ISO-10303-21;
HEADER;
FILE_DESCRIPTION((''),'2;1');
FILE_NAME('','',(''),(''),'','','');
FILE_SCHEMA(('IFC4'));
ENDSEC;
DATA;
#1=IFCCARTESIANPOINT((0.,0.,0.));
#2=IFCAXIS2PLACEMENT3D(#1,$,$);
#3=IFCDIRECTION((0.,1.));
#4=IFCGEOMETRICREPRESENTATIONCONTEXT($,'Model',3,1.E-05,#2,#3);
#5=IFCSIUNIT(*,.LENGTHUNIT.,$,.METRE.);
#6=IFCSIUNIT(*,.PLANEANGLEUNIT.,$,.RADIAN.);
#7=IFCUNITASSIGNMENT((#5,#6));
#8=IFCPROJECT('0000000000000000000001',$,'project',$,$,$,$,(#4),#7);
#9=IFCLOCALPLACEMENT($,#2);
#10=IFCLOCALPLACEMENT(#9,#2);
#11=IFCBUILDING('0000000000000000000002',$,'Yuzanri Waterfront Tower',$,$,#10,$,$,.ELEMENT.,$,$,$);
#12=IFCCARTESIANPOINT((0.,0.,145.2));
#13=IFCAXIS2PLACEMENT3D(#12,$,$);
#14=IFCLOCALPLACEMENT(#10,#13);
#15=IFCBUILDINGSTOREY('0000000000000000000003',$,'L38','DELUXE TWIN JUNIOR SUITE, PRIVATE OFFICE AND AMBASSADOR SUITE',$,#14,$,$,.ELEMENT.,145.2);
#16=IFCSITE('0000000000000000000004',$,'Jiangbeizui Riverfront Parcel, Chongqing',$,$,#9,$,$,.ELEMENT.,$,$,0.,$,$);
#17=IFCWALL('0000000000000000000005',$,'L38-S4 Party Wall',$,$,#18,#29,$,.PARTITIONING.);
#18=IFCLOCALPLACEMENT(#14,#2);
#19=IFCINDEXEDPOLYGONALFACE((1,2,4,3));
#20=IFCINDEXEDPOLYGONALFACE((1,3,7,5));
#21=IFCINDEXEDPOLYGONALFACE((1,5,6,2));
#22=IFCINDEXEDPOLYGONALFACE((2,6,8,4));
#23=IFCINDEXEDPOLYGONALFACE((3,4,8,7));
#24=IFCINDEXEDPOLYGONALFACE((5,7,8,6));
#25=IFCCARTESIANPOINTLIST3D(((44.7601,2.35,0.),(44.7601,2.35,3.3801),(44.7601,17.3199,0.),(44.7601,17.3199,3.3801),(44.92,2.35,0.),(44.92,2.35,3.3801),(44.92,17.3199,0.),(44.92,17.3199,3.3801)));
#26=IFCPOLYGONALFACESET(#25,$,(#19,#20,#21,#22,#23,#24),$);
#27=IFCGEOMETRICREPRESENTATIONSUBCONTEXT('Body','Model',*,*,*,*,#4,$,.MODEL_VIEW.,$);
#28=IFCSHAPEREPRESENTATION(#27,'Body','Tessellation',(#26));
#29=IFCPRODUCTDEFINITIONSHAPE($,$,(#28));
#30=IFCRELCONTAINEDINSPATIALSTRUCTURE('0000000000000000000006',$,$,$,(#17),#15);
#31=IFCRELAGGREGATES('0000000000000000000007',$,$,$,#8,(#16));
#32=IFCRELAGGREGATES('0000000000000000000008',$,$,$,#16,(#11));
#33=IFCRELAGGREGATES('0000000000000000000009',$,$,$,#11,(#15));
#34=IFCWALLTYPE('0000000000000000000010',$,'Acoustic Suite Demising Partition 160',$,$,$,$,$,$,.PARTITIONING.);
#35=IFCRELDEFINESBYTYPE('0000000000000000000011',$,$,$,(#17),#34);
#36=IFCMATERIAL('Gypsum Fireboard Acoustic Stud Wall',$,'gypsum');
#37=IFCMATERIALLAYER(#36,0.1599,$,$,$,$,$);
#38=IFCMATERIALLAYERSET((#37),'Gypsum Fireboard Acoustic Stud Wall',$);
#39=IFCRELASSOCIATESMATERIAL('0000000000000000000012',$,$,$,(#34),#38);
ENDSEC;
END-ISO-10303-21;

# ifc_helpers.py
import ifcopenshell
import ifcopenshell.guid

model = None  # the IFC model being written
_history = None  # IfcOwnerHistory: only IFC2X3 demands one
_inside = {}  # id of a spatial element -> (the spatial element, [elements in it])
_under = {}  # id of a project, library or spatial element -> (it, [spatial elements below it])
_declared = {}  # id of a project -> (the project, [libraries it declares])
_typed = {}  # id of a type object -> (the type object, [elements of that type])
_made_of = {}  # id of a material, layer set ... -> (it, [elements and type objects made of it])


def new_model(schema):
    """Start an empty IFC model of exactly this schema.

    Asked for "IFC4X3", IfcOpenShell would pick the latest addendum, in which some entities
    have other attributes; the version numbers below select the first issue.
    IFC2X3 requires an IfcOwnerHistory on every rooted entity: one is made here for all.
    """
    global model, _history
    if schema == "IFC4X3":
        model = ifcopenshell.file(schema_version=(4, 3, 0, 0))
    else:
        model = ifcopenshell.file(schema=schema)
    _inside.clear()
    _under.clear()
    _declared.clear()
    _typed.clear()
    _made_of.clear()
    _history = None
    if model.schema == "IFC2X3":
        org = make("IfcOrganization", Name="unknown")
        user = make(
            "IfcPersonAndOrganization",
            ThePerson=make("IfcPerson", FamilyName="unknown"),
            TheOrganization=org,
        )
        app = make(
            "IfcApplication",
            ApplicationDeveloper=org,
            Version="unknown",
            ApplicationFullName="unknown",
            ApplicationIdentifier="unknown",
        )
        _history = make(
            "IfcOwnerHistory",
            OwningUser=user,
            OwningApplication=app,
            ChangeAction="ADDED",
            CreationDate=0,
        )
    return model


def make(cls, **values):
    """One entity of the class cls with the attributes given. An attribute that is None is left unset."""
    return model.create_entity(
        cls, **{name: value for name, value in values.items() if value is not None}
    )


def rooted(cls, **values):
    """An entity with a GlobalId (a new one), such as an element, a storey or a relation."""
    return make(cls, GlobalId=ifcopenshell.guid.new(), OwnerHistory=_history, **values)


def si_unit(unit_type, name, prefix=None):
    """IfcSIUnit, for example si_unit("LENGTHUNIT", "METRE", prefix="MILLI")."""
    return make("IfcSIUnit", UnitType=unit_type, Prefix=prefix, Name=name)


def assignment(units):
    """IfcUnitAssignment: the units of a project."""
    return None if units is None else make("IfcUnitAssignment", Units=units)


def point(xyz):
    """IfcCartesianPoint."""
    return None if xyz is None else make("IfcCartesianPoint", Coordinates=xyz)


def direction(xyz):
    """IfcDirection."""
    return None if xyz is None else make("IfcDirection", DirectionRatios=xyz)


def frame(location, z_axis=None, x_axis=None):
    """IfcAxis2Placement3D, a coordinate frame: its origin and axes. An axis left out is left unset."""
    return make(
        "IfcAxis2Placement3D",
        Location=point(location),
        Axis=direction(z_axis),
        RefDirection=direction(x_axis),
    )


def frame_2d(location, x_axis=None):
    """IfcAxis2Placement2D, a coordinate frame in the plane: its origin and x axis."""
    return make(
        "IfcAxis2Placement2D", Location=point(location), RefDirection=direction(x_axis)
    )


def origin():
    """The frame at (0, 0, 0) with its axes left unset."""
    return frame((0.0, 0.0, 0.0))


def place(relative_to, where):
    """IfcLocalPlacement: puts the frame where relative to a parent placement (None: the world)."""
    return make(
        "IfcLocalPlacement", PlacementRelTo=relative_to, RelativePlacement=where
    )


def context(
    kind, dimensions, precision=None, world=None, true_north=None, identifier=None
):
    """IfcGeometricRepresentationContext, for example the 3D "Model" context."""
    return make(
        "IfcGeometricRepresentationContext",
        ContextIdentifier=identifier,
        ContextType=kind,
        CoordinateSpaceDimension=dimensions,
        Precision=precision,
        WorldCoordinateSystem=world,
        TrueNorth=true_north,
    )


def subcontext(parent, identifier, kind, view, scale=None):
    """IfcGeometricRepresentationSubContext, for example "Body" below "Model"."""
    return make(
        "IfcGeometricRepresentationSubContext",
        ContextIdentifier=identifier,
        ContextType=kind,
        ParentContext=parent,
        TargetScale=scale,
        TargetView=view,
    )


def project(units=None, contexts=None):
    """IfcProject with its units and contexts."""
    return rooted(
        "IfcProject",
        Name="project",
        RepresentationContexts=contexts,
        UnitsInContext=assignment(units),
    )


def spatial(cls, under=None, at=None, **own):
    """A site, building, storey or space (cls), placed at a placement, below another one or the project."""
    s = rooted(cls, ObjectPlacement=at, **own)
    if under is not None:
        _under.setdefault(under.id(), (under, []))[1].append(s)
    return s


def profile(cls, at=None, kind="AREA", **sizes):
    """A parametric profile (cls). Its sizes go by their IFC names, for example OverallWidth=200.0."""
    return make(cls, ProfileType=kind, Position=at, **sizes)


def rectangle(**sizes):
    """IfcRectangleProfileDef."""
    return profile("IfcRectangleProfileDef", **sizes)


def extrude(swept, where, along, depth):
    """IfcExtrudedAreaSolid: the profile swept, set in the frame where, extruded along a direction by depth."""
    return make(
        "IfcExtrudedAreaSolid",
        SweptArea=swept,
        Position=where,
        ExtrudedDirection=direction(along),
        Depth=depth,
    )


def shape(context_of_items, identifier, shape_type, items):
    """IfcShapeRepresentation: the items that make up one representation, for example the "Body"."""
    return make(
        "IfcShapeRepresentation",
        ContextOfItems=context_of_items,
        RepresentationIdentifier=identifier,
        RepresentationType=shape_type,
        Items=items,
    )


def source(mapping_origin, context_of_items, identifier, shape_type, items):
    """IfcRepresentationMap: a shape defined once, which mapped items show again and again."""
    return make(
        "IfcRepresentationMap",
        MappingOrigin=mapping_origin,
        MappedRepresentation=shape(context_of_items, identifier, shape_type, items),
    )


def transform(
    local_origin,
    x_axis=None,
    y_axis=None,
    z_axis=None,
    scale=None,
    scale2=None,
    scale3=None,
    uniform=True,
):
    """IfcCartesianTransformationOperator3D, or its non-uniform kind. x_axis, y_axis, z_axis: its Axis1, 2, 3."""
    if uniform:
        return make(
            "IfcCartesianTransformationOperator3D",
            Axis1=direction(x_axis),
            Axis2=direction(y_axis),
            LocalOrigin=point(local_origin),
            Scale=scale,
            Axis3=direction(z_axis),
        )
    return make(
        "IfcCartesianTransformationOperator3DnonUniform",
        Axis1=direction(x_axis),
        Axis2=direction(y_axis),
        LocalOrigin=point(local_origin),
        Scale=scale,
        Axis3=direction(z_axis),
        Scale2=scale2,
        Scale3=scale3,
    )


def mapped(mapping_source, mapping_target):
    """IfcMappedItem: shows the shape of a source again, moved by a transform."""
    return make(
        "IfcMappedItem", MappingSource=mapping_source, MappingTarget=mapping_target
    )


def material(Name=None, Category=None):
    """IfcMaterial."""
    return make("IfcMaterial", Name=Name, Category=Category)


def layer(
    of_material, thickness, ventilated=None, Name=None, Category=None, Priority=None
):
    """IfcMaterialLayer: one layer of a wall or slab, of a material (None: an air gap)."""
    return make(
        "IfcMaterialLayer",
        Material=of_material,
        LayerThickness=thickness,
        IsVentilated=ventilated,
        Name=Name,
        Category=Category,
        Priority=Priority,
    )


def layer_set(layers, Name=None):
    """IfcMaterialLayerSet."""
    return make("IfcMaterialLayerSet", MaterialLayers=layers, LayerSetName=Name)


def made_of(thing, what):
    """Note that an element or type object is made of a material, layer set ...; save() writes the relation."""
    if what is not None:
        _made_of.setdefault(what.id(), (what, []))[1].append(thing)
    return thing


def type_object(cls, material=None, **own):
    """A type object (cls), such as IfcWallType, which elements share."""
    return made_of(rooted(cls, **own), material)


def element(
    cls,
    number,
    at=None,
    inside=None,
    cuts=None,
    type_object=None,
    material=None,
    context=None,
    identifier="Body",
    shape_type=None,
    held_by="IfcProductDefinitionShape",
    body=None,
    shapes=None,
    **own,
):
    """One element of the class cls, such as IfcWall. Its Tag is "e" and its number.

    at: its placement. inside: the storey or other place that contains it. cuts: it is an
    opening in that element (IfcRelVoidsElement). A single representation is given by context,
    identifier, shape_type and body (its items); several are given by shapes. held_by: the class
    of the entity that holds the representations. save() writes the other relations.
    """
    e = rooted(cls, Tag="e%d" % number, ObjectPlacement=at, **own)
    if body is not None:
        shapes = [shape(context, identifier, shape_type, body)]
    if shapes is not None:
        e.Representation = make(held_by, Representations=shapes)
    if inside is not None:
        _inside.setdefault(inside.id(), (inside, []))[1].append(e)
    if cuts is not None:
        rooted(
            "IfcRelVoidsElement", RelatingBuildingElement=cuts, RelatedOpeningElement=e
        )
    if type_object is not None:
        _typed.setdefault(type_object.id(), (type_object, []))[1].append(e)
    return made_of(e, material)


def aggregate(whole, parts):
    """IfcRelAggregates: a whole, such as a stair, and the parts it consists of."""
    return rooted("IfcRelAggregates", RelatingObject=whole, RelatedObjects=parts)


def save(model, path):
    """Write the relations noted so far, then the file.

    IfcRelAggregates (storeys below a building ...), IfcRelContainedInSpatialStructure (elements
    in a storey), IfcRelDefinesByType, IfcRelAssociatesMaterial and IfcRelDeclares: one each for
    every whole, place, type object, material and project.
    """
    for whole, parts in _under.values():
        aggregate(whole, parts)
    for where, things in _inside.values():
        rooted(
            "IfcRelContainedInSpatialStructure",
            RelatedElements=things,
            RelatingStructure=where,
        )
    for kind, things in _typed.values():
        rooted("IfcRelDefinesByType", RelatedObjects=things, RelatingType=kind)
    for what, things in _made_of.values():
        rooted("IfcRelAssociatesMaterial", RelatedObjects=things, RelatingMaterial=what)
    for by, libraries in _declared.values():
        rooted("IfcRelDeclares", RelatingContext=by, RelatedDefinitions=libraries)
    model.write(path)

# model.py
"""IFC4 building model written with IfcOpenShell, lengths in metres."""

from ifc_helpers import new_model, si_unit, direction, frame, frame_2d, origin, place, context, subcontext, project, spatial, rectangle, extrude, source, transform, mapped, material, layer, layer_set, type_object, element, save


model = new_model("IFC4")

# Units and contexts
model_context = context("Model", 3, precision=1e-05, world=origin(), true_north=direction((0.0, 1.0)))
body_context = subcontext(model_context, "Body", "Model", "MODEL_VIEW")
ifc_project = project(units=[si_unit("LENGTHUNIT", "METRE"), si_unit("PLANEANGLEUNIT", "RADIAN")], contexts=[model_context])

# Site, building, storey
site_placement = place(None, origin())
site = spatial("IfcSite", under=ifc_project, at=site_placement, Name="Jiangbeizui Riverfront Parcel, Chongqing", CompositionType="ELEMENT", RefElevation=0.0)
building_placement = place(site_placement, origin())
building = spatial("IfcBuilding", under=site, at=building_placement, Name="Yuzanri Waterfront Tower", CompositionType="ELEMENT")
storey_placement = place(building_placement, frame((0.0, 0.0, 145.2)))
storey = spatial("IfcBuildingStorey", under=building, at=storey_placement, Name="L38", Description="DELUXE TWIN JUNIOR SUITE, PRIVATE OFFICE AND AMBASSADOR SUITE", CompositionType="ELEMENT", Elevation=145.2)

# Wall
ifc_material_1 = material(Name="Gypsum Fireboard Acoustic Stud Wall", Category="gypsum")
ifc_layer_1 = layer(ifc_material_1, 0.1599)
ifc_layer_set_1 = layer_set([ifc_layer_1], Name="Gypsum Fireboard Acoustic Stud Wall")
wall_type_1 = type_object("IfcWallType", Name="Acoustic Suite Demising Partition 160", PredefinedType="PARTITIONING", material=ifc_layer_set_1)
shared_shape_1 = source(origin(), body_context, "Body", "SweptSolid", [
    extrude(rectangle(XDim=14.97, YDim=0.1599, at=frame_2d((7.4849, 0.0))), origin(), (0.0, 0.0, 1.0), 3.3801),
])
wall_1_placement = place(storey_placement, frame((44.8401, 2.3501, 0.0), z_axis=(0.0, 0.0, 1.0), x_axis=(0.0, 1.0, 0.0)))
element("IfcWall", 1, at=wall_1_placement, inside=storey, type_object=wall_type_1, Name="L38-S4 Party Wall", PredefinedType="PARTITIONING", context=body_context, shape_type="MappedRepresentation", body=[
    mapped(shared_shape_1, transform((0.0, 0.0, 0.0), scale=1.0)),
])

save(model, "model.ifc")
